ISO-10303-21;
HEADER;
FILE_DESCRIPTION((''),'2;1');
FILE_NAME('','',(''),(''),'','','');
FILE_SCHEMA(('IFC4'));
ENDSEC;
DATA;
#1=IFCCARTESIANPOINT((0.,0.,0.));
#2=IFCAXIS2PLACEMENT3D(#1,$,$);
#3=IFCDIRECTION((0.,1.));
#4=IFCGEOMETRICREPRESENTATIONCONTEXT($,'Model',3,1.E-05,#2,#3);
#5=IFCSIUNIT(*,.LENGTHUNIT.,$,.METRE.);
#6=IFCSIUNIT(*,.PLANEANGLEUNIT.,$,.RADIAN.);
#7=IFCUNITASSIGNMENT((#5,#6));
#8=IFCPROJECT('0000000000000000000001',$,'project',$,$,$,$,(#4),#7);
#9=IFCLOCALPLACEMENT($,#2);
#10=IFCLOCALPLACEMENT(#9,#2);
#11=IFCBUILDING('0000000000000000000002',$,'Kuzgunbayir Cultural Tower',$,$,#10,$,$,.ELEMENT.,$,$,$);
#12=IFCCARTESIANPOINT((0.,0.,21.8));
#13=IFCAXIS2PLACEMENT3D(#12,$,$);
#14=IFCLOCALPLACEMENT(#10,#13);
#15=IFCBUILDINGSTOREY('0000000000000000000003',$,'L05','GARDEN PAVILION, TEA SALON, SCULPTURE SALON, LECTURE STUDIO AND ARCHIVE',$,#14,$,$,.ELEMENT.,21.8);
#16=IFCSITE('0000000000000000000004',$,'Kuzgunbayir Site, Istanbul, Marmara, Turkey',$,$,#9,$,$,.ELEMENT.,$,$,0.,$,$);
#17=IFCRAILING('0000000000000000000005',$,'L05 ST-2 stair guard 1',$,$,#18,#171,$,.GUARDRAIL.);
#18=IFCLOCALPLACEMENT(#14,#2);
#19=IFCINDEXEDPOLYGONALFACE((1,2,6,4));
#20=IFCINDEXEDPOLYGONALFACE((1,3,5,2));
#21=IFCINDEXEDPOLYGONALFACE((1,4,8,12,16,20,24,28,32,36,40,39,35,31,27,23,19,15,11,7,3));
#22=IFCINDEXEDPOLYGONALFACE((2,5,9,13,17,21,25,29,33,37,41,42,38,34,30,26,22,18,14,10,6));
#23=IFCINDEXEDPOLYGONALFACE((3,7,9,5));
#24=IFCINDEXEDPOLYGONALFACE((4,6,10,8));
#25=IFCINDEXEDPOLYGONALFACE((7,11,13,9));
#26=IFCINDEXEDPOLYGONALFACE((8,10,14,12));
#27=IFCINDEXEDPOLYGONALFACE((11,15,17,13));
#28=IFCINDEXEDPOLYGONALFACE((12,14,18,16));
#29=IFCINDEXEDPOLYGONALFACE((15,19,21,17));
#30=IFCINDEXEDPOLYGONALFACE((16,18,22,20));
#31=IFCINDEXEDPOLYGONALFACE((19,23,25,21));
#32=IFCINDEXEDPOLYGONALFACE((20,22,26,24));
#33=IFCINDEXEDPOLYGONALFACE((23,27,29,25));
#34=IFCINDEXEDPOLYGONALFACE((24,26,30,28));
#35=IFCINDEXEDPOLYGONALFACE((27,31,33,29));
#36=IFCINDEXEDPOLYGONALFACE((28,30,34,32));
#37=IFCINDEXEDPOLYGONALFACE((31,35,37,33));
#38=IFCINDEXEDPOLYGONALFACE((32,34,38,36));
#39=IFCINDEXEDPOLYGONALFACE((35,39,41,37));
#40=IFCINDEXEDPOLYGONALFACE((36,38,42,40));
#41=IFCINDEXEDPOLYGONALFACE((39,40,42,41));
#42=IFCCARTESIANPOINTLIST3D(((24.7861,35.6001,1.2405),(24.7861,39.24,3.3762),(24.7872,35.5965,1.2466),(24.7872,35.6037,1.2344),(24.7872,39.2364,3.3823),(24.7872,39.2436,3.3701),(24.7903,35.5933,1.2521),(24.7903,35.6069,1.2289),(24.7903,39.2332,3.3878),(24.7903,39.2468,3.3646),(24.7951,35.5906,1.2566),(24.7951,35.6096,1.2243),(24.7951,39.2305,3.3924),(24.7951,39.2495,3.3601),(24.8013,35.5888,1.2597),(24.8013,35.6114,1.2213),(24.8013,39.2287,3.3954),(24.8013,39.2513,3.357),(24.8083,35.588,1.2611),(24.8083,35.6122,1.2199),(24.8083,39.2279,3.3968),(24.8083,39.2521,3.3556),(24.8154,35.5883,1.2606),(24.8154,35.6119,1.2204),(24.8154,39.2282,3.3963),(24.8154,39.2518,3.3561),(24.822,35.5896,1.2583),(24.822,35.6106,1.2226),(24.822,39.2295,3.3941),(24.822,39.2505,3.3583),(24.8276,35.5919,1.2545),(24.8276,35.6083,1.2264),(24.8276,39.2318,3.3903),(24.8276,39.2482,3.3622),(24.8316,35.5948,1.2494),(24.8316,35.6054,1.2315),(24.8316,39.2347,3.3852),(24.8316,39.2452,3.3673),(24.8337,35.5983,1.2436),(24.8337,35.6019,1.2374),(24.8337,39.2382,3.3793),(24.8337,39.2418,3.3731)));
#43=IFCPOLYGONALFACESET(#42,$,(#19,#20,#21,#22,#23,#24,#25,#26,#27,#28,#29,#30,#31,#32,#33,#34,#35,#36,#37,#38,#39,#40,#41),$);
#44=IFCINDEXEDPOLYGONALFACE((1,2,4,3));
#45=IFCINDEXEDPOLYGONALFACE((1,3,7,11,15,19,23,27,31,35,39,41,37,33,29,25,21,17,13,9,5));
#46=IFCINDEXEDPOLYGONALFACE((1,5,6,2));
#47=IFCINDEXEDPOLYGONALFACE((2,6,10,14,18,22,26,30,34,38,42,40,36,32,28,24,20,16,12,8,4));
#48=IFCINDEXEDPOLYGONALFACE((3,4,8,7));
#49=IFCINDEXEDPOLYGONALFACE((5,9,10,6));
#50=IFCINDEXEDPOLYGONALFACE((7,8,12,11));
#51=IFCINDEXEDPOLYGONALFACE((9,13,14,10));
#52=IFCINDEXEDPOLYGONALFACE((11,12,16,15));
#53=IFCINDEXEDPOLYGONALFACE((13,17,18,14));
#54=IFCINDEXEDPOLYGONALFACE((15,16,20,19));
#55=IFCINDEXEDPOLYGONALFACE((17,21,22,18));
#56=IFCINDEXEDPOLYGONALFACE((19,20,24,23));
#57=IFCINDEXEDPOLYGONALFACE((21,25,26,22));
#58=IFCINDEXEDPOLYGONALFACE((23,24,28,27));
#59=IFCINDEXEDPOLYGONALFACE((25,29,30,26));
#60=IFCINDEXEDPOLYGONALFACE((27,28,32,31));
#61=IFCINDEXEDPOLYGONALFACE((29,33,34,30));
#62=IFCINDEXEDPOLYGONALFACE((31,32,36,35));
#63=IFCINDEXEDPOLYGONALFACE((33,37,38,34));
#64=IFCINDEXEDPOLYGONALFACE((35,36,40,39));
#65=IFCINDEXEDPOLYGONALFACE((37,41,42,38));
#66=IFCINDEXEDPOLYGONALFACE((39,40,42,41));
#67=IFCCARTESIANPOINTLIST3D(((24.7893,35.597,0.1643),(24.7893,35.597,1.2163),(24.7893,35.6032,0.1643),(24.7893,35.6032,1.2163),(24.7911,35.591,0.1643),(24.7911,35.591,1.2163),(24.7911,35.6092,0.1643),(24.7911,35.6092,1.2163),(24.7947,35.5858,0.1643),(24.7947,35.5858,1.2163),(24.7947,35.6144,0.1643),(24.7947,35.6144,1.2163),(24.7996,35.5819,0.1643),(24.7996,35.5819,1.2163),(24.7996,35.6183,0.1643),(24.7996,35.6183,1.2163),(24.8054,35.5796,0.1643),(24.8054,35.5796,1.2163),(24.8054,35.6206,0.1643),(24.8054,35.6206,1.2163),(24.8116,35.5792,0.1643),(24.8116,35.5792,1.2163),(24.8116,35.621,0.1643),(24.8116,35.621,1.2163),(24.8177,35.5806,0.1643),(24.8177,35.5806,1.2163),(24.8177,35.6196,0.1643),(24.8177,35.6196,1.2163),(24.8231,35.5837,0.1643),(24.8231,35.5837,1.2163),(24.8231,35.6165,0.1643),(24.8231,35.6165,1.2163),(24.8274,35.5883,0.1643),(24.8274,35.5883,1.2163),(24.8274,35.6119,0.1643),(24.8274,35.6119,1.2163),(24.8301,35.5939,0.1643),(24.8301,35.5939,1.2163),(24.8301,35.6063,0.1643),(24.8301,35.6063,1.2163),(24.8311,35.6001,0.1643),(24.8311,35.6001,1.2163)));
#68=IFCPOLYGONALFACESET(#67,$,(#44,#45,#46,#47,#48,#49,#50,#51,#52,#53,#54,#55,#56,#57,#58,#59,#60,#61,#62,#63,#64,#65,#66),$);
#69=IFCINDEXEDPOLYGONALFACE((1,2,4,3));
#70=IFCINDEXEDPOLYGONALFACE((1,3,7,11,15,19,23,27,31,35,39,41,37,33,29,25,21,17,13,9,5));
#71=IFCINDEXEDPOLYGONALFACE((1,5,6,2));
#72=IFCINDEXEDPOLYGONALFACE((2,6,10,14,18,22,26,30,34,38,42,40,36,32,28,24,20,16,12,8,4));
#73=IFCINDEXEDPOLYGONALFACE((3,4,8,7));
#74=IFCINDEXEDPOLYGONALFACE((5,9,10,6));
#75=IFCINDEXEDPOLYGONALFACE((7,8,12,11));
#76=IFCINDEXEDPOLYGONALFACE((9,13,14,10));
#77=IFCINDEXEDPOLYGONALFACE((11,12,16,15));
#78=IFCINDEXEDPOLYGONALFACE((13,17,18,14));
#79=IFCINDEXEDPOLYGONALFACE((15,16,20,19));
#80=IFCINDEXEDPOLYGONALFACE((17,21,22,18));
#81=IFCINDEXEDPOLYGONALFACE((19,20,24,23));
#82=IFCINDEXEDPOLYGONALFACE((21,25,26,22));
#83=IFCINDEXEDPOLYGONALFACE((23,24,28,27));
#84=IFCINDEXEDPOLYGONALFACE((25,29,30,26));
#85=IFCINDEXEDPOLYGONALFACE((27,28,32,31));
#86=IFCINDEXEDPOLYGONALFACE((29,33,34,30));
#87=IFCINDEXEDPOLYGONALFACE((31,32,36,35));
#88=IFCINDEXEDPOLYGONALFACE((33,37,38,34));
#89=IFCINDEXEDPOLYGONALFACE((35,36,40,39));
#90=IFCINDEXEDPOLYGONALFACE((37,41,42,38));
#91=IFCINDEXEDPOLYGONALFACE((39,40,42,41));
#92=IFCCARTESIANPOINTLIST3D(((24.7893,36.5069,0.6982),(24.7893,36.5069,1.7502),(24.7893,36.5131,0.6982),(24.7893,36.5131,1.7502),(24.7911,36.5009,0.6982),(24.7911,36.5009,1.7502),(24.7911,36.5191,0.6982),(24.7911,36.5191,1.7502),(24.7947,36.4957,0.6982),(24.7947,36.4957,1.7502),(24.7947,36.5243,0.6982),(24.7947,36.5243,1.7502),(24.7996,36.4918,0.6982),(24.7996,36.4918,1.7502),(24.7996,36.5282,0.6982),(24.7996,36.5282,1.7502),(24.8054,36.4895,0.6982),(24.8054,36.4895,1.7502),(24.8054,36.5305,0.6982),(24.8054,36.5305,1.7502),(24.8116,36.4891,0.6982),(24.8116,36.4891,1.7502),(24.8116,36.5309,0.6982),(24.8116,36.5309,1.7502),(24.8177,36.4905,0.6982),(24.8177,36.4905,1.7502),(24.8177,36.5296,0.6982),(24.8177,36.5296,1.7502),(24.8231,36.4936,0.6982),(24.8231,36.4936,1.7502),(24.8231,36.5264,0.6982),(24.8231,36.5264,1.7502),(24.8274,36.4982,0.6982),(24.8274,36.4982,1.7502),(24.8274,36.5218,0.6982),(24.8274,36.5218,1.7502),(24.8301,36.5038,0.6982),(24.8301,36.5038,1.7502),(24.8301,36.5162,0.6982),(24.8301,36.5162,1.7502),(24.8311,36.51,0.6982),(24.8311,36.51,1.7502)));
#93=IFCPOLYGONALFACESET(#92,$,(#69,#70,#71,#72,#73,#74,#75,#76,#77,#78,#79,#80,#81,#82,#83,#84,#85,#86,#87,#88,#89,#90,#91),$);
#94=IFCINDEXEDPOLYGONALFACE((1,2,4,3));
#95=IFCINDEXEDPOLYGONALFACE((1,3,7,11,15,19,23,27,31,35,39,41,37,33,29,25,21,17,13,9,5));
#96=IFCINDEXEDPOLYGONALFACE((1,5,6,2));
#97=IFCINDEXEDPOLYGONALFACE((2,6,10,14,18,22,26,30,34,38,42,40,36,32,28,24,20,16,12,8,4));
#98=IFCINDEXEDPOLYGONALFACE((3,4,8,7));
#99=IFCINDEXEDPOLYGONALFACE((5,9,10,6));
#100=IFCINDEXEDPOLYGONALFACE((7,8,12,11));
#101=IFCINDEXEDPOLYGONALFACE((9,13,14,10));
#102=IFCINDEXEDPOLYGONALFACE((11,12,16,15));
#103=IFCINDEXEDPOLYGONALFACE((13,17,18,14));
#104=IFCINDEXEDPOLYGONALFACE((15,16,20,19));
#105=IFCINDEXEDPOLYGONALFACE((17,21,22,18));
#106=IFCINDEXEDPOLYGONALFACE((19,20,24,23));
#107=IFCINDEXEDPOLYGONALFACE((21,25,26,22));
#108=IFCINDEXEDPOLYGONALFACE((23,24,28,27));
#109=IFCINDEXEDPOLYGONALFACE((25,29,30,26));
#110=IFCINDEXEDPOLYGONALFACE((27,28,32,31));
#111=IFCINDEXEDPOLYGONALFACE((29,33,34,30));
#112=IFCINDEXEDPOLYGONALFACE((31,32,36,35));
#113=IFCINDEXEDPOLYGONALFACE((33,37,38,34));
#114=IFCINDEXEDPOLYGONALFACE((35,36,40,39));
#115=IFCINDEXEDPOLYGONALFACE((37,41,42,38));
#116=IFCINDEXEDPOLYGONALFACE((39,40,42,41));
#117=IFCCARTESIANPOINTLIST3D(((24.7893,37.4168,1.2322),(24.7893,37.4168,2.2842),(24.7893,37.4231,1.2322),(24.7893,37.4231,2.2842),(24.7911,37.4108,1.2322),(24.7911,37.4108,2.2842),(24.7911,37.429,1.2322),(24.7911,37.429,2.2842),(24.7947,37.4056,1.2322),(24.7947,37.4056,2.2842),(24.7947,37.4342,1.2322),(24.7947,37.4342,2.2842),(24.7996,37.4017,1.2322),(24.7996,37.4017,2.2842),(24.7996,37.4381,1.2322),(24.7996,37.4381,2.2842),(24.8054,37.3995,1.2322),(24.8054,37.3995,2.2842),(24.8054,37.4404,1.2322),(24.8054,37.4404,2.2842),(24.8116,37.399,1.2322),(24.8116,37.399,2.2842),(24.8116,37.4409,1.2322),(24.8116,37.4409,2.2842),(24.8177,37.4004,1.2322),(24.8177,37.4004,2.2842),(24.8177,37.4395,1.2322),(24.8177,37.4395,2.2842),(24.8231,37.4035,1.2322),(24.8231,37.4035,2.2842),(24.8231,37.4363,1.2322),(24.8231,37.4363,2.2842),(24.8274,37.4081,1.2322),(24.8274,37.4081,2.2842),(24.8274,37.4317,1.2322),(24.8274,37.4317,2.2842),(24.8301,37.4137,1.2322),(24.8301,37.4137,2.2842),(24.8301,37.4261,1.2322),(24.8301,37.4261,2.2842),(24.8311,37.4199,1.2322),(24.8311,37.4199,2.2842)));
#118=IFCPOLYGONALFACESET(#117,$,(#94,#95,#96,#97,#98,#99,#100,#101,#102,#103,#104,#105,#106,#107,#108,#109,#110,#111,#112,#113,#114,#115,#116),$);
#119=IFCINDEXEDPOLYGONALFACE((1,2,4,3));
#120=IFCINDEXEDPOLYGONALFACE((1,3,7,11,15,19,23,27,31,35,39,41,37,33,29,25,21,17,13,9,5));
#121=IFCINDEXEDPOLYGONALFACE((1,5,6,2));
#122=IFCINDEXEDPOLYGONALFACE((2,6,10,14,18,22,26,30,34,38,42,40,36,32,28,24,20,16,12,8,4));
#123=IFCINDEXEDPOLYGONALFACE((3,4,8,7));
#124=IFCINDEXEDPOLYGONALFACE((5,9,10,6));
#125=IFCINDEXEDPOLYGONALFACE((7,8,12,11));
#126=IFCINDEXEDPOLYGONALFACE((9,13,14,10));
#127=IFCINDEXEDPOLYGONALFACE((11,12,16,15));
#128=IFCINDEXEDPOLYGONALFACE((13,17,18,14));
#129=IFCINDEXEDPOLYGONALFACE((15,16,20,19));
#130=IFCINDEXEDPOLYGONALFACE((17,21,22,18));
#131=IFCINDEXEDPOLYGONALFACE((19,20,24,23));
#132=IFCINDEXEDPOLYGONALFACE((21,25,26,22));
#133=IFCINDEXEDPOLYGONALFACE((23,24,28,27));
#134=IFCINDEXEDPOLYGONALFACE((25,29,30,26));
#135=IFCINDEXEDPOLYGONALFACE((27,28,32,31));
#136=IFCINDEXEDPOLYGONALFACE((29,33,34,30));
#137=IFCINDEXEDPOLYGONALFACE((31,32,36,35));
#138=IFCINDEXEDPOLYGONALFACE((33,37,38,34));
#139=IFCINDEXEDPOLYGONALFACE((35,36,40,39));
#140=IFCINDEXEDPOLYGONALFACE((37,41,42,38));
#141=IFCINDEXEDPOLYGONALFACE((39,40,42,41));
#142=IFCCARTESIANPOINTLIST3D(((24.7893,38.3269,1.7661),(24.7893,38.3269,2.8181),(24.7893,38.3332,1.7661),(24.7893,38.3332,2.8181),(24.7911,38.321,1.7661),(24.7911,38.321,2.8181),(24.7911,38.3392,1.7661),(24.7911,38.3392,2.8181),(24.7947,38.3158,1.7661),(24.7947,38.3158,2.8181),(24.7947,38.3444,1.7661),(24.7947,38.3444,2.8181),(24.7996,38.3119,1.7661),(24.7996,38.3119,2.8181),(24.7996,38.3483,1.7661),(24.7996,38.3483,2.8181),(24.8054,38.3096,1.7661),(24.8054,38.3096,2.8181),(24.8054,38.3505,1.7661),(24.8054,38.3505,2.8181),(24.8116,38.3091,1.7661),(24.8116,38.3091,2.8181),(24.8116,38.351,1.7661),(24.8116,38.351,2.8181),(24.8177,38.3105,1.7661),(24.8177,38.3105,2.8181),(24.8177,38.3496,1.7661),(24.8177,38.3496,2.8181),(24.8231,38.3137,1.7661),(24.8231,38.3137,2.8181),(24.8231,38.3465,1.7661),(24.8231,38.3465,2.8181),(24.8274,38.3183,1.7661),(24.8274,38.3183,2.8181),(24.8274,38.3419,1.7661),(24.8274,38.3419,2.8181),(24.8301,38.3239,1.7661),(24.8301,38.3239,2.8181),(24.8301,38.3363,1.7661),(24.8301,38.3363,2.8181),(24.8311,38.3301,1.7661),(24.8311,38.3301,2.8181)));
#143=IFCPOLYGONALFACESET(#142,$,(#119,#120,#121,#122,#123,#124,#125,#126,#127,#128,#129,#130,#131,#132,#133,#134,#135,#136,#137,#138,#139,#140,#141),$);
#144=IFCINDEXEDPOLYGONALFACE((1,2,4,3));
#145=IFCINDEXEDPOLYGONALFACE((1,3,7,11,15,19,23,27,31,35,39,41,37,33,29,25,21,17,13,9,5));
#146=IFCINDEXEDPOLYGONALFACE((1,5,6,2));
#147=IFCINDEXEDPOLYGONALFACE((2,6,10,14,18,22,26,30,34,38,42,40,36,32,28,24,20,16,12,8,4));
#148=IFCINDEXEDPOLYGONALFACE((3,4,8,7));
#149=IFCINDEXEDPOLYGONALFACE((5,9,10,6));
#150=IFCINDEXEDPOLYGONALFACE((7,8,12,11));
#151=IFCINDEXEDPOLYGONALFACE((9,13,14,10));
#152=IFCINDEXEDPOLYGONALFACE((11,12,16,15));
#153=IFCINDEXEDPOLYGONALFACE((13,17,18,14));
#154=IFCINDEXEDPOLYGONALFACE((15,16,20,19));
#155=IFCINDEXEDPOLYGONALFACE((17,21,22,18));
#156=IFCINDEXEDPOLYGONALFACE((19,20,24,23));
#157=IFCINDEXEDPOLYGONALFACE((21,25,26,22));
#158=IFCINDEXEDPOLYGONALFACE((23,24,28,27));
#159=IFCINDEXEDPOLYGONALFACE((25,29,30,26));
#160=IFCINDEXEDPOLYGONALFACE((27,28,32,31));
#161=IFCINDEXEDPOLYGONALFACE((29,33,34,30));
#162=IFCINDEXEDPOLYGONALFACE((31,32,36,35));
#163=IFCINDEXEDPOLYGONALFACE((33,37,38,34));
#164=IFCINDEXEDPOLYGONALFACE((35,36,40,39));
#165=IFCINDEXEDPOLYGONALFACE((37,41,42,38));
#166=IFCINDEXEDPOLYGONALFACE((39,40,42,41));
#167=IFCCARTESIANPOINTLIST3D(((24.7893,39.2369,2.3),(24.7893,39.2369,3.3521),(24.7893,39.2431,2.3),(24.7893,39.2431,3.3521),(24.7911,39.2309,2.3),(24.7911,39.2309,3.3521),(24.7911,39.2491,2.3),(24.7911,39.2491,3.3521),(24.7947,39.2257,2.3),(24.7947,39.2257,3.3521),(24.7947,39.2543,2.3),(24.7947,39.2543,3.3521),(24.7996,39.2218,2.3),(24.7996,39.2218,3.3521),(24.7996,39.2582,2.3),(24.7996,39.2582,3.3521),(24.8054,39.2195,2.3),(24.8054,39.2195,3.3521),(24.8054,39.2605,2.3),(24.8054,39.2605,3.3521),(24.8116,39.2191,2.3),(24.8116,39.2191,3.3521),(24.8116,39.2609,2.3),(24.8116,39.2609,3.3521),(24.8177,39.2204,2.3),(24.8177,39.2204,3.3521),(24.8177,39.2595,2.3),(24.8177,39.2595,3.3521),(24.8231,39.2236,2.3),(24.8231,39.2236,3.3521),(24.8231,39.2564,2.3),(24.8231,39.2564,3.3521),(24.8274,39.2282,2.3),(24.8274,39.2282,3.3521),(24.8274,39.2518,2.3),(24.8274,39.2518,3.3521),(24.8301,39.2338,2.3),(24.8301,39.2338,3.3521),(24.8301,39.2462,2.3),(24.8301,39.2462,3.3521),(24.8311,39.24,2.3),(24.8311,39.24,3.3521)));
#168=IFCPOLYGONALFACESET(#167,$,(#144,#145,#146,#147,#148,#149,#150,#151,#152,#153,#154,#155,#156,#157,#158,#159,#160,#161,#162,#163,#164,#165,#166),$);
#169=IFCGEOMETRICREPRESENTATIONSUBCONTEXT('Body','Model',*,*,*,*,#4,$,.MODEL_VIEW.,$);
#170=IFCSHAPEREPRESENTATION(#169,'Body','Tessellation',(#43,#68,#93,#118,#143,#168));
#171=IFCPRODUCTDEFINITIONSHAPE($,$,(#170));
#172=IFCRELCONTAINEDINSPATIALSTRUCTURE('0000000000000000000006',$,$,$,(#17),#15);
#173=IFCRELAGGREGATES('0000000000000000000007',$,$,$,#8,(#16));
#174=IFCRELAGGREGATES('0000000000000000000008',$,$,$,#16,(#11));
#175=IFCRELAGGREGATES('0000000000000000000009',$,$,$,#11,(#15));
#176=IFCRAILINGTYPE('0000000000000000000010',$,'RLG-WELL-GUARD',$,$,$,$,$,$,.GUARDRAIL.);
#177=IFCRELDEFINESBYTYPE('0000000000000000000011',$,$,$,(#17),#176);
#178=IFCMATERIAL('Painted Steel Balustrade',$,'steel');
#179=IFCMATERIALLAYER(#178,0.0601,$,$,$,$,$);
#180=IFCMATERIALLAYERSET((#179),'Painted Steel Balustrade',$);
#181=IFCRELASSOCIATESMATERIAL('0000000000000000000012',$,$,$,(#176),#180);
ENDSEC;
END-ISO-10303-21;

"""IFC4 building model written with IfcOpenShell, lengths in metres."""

from ifc_helpers import new_model, si_unit, direction, frame, origin, origin_2d, place, context, subcontext, project, spatial, circle, extrude, material, layer, layer_set, type_object, element, save


model = new_model("IFC4")

# Units and contexts
model_context = context("Model", 3, precision=1e-05, world=origin(), true_north=direction((0.0, 1.0)))
body_context = subcontext(model_context, "Body", "Model", "MODEL_VIEW")
ifc_project = project(units=[si_unit("LENGTHUNIT", "METRE"), si_unit("PLANEANGLEUNIT", "RADIAN")], contexts=[model_context])

# Site, building, storey
site_placement = place(None, origin())
site = spatial("IfcSite", under=ifc_project, at=site_placement, Name="Kuzgunbayir Site, Istanbul, Marmara, Turkey", CompositionType="ELEMENT", RefElevation=0.0)
building_placement = place(site_placement, origin())
building = spatial("IfcBuilding", under=site, at=building_placement, Name="Kuzgunbayir Cultural Tower", CompositionType="ELEMENT")
storey_placement = place(building_placement, frame((0.0, 0.0, 21.8)))
storey = spatial("IfcBuildingStorey", under=building, at=storey_placement, Name="L05", Description="GARDEN PAVILION, TEA SALON, SCULPTURE SALON, LECTURE STUDIO AND ARCHIVE", CompositionType="ELEMENT", Elevation=21.8)

# Railing
ifc_material_1 = material(Name="Painted Steel Balustrade", Category="steel")
ifc_layer_1 = layer(ifc_material_1, 0.0601)
ifc_layer_set_1 = layer_set([ifc_layer_1], Name="Painted Steel Balustrade")
railing_type_1 = type_object("IfcRailingType", Name="RLG-WELL-GUARD", PredefinedType="GUARDRAIL", material=ifc_layer_set_1)
railing_1_placement = place(storey_placement, frame((24.8101, 35.6001, 0.1643)))
element("IfcRailing", 1, at=railing_1_placement, inside=storey, type_object=railing_type_1, Name="L05 ST-2 stair guard 1", PredefinedType="GUARDRAIL", context=body_context, shape_type="SweptSolid", body=[
    extrude(circle(Radius=0.0239, at=origin_2d()), frame((0.0, 0.0, 1.0762), z_axis=(0.0, 0.86249, 0.506074), x_axis=(-1.0, 0.0, 0.0)), (0.0, 0.0, 1.0), 4.2202),
    extrude(circle(Radius=0.021, at=origin_2d()), origin(), (0.0, 0.0, 1.0), 1.052),
    extrude(circle(Radius=0.021, at=origin_2d()), frame((0.0, 0.9099, 0.5339)), (0.0, 0.0, 1.0), 1.052),
    extrude(circle(Radius=0.021, at=origin_2d()), frame((0.0, 1.8198, 1.0679)), (0.0, 0.0, 1.0), 1.052),
    extrude(circle(Radius=0.021, at=origin_2d()), frame((0.0, 2.73, 1.6018)), (0.0, 0.0, 1.0), 1.052),
    extrude(circle(Radius=0.021, at=origin_2d()), frame((0.0, 3.6399, 2.1357)), (0.0, 0.0, 1.0), 1.052),
])

save(model, "model.ifc")
